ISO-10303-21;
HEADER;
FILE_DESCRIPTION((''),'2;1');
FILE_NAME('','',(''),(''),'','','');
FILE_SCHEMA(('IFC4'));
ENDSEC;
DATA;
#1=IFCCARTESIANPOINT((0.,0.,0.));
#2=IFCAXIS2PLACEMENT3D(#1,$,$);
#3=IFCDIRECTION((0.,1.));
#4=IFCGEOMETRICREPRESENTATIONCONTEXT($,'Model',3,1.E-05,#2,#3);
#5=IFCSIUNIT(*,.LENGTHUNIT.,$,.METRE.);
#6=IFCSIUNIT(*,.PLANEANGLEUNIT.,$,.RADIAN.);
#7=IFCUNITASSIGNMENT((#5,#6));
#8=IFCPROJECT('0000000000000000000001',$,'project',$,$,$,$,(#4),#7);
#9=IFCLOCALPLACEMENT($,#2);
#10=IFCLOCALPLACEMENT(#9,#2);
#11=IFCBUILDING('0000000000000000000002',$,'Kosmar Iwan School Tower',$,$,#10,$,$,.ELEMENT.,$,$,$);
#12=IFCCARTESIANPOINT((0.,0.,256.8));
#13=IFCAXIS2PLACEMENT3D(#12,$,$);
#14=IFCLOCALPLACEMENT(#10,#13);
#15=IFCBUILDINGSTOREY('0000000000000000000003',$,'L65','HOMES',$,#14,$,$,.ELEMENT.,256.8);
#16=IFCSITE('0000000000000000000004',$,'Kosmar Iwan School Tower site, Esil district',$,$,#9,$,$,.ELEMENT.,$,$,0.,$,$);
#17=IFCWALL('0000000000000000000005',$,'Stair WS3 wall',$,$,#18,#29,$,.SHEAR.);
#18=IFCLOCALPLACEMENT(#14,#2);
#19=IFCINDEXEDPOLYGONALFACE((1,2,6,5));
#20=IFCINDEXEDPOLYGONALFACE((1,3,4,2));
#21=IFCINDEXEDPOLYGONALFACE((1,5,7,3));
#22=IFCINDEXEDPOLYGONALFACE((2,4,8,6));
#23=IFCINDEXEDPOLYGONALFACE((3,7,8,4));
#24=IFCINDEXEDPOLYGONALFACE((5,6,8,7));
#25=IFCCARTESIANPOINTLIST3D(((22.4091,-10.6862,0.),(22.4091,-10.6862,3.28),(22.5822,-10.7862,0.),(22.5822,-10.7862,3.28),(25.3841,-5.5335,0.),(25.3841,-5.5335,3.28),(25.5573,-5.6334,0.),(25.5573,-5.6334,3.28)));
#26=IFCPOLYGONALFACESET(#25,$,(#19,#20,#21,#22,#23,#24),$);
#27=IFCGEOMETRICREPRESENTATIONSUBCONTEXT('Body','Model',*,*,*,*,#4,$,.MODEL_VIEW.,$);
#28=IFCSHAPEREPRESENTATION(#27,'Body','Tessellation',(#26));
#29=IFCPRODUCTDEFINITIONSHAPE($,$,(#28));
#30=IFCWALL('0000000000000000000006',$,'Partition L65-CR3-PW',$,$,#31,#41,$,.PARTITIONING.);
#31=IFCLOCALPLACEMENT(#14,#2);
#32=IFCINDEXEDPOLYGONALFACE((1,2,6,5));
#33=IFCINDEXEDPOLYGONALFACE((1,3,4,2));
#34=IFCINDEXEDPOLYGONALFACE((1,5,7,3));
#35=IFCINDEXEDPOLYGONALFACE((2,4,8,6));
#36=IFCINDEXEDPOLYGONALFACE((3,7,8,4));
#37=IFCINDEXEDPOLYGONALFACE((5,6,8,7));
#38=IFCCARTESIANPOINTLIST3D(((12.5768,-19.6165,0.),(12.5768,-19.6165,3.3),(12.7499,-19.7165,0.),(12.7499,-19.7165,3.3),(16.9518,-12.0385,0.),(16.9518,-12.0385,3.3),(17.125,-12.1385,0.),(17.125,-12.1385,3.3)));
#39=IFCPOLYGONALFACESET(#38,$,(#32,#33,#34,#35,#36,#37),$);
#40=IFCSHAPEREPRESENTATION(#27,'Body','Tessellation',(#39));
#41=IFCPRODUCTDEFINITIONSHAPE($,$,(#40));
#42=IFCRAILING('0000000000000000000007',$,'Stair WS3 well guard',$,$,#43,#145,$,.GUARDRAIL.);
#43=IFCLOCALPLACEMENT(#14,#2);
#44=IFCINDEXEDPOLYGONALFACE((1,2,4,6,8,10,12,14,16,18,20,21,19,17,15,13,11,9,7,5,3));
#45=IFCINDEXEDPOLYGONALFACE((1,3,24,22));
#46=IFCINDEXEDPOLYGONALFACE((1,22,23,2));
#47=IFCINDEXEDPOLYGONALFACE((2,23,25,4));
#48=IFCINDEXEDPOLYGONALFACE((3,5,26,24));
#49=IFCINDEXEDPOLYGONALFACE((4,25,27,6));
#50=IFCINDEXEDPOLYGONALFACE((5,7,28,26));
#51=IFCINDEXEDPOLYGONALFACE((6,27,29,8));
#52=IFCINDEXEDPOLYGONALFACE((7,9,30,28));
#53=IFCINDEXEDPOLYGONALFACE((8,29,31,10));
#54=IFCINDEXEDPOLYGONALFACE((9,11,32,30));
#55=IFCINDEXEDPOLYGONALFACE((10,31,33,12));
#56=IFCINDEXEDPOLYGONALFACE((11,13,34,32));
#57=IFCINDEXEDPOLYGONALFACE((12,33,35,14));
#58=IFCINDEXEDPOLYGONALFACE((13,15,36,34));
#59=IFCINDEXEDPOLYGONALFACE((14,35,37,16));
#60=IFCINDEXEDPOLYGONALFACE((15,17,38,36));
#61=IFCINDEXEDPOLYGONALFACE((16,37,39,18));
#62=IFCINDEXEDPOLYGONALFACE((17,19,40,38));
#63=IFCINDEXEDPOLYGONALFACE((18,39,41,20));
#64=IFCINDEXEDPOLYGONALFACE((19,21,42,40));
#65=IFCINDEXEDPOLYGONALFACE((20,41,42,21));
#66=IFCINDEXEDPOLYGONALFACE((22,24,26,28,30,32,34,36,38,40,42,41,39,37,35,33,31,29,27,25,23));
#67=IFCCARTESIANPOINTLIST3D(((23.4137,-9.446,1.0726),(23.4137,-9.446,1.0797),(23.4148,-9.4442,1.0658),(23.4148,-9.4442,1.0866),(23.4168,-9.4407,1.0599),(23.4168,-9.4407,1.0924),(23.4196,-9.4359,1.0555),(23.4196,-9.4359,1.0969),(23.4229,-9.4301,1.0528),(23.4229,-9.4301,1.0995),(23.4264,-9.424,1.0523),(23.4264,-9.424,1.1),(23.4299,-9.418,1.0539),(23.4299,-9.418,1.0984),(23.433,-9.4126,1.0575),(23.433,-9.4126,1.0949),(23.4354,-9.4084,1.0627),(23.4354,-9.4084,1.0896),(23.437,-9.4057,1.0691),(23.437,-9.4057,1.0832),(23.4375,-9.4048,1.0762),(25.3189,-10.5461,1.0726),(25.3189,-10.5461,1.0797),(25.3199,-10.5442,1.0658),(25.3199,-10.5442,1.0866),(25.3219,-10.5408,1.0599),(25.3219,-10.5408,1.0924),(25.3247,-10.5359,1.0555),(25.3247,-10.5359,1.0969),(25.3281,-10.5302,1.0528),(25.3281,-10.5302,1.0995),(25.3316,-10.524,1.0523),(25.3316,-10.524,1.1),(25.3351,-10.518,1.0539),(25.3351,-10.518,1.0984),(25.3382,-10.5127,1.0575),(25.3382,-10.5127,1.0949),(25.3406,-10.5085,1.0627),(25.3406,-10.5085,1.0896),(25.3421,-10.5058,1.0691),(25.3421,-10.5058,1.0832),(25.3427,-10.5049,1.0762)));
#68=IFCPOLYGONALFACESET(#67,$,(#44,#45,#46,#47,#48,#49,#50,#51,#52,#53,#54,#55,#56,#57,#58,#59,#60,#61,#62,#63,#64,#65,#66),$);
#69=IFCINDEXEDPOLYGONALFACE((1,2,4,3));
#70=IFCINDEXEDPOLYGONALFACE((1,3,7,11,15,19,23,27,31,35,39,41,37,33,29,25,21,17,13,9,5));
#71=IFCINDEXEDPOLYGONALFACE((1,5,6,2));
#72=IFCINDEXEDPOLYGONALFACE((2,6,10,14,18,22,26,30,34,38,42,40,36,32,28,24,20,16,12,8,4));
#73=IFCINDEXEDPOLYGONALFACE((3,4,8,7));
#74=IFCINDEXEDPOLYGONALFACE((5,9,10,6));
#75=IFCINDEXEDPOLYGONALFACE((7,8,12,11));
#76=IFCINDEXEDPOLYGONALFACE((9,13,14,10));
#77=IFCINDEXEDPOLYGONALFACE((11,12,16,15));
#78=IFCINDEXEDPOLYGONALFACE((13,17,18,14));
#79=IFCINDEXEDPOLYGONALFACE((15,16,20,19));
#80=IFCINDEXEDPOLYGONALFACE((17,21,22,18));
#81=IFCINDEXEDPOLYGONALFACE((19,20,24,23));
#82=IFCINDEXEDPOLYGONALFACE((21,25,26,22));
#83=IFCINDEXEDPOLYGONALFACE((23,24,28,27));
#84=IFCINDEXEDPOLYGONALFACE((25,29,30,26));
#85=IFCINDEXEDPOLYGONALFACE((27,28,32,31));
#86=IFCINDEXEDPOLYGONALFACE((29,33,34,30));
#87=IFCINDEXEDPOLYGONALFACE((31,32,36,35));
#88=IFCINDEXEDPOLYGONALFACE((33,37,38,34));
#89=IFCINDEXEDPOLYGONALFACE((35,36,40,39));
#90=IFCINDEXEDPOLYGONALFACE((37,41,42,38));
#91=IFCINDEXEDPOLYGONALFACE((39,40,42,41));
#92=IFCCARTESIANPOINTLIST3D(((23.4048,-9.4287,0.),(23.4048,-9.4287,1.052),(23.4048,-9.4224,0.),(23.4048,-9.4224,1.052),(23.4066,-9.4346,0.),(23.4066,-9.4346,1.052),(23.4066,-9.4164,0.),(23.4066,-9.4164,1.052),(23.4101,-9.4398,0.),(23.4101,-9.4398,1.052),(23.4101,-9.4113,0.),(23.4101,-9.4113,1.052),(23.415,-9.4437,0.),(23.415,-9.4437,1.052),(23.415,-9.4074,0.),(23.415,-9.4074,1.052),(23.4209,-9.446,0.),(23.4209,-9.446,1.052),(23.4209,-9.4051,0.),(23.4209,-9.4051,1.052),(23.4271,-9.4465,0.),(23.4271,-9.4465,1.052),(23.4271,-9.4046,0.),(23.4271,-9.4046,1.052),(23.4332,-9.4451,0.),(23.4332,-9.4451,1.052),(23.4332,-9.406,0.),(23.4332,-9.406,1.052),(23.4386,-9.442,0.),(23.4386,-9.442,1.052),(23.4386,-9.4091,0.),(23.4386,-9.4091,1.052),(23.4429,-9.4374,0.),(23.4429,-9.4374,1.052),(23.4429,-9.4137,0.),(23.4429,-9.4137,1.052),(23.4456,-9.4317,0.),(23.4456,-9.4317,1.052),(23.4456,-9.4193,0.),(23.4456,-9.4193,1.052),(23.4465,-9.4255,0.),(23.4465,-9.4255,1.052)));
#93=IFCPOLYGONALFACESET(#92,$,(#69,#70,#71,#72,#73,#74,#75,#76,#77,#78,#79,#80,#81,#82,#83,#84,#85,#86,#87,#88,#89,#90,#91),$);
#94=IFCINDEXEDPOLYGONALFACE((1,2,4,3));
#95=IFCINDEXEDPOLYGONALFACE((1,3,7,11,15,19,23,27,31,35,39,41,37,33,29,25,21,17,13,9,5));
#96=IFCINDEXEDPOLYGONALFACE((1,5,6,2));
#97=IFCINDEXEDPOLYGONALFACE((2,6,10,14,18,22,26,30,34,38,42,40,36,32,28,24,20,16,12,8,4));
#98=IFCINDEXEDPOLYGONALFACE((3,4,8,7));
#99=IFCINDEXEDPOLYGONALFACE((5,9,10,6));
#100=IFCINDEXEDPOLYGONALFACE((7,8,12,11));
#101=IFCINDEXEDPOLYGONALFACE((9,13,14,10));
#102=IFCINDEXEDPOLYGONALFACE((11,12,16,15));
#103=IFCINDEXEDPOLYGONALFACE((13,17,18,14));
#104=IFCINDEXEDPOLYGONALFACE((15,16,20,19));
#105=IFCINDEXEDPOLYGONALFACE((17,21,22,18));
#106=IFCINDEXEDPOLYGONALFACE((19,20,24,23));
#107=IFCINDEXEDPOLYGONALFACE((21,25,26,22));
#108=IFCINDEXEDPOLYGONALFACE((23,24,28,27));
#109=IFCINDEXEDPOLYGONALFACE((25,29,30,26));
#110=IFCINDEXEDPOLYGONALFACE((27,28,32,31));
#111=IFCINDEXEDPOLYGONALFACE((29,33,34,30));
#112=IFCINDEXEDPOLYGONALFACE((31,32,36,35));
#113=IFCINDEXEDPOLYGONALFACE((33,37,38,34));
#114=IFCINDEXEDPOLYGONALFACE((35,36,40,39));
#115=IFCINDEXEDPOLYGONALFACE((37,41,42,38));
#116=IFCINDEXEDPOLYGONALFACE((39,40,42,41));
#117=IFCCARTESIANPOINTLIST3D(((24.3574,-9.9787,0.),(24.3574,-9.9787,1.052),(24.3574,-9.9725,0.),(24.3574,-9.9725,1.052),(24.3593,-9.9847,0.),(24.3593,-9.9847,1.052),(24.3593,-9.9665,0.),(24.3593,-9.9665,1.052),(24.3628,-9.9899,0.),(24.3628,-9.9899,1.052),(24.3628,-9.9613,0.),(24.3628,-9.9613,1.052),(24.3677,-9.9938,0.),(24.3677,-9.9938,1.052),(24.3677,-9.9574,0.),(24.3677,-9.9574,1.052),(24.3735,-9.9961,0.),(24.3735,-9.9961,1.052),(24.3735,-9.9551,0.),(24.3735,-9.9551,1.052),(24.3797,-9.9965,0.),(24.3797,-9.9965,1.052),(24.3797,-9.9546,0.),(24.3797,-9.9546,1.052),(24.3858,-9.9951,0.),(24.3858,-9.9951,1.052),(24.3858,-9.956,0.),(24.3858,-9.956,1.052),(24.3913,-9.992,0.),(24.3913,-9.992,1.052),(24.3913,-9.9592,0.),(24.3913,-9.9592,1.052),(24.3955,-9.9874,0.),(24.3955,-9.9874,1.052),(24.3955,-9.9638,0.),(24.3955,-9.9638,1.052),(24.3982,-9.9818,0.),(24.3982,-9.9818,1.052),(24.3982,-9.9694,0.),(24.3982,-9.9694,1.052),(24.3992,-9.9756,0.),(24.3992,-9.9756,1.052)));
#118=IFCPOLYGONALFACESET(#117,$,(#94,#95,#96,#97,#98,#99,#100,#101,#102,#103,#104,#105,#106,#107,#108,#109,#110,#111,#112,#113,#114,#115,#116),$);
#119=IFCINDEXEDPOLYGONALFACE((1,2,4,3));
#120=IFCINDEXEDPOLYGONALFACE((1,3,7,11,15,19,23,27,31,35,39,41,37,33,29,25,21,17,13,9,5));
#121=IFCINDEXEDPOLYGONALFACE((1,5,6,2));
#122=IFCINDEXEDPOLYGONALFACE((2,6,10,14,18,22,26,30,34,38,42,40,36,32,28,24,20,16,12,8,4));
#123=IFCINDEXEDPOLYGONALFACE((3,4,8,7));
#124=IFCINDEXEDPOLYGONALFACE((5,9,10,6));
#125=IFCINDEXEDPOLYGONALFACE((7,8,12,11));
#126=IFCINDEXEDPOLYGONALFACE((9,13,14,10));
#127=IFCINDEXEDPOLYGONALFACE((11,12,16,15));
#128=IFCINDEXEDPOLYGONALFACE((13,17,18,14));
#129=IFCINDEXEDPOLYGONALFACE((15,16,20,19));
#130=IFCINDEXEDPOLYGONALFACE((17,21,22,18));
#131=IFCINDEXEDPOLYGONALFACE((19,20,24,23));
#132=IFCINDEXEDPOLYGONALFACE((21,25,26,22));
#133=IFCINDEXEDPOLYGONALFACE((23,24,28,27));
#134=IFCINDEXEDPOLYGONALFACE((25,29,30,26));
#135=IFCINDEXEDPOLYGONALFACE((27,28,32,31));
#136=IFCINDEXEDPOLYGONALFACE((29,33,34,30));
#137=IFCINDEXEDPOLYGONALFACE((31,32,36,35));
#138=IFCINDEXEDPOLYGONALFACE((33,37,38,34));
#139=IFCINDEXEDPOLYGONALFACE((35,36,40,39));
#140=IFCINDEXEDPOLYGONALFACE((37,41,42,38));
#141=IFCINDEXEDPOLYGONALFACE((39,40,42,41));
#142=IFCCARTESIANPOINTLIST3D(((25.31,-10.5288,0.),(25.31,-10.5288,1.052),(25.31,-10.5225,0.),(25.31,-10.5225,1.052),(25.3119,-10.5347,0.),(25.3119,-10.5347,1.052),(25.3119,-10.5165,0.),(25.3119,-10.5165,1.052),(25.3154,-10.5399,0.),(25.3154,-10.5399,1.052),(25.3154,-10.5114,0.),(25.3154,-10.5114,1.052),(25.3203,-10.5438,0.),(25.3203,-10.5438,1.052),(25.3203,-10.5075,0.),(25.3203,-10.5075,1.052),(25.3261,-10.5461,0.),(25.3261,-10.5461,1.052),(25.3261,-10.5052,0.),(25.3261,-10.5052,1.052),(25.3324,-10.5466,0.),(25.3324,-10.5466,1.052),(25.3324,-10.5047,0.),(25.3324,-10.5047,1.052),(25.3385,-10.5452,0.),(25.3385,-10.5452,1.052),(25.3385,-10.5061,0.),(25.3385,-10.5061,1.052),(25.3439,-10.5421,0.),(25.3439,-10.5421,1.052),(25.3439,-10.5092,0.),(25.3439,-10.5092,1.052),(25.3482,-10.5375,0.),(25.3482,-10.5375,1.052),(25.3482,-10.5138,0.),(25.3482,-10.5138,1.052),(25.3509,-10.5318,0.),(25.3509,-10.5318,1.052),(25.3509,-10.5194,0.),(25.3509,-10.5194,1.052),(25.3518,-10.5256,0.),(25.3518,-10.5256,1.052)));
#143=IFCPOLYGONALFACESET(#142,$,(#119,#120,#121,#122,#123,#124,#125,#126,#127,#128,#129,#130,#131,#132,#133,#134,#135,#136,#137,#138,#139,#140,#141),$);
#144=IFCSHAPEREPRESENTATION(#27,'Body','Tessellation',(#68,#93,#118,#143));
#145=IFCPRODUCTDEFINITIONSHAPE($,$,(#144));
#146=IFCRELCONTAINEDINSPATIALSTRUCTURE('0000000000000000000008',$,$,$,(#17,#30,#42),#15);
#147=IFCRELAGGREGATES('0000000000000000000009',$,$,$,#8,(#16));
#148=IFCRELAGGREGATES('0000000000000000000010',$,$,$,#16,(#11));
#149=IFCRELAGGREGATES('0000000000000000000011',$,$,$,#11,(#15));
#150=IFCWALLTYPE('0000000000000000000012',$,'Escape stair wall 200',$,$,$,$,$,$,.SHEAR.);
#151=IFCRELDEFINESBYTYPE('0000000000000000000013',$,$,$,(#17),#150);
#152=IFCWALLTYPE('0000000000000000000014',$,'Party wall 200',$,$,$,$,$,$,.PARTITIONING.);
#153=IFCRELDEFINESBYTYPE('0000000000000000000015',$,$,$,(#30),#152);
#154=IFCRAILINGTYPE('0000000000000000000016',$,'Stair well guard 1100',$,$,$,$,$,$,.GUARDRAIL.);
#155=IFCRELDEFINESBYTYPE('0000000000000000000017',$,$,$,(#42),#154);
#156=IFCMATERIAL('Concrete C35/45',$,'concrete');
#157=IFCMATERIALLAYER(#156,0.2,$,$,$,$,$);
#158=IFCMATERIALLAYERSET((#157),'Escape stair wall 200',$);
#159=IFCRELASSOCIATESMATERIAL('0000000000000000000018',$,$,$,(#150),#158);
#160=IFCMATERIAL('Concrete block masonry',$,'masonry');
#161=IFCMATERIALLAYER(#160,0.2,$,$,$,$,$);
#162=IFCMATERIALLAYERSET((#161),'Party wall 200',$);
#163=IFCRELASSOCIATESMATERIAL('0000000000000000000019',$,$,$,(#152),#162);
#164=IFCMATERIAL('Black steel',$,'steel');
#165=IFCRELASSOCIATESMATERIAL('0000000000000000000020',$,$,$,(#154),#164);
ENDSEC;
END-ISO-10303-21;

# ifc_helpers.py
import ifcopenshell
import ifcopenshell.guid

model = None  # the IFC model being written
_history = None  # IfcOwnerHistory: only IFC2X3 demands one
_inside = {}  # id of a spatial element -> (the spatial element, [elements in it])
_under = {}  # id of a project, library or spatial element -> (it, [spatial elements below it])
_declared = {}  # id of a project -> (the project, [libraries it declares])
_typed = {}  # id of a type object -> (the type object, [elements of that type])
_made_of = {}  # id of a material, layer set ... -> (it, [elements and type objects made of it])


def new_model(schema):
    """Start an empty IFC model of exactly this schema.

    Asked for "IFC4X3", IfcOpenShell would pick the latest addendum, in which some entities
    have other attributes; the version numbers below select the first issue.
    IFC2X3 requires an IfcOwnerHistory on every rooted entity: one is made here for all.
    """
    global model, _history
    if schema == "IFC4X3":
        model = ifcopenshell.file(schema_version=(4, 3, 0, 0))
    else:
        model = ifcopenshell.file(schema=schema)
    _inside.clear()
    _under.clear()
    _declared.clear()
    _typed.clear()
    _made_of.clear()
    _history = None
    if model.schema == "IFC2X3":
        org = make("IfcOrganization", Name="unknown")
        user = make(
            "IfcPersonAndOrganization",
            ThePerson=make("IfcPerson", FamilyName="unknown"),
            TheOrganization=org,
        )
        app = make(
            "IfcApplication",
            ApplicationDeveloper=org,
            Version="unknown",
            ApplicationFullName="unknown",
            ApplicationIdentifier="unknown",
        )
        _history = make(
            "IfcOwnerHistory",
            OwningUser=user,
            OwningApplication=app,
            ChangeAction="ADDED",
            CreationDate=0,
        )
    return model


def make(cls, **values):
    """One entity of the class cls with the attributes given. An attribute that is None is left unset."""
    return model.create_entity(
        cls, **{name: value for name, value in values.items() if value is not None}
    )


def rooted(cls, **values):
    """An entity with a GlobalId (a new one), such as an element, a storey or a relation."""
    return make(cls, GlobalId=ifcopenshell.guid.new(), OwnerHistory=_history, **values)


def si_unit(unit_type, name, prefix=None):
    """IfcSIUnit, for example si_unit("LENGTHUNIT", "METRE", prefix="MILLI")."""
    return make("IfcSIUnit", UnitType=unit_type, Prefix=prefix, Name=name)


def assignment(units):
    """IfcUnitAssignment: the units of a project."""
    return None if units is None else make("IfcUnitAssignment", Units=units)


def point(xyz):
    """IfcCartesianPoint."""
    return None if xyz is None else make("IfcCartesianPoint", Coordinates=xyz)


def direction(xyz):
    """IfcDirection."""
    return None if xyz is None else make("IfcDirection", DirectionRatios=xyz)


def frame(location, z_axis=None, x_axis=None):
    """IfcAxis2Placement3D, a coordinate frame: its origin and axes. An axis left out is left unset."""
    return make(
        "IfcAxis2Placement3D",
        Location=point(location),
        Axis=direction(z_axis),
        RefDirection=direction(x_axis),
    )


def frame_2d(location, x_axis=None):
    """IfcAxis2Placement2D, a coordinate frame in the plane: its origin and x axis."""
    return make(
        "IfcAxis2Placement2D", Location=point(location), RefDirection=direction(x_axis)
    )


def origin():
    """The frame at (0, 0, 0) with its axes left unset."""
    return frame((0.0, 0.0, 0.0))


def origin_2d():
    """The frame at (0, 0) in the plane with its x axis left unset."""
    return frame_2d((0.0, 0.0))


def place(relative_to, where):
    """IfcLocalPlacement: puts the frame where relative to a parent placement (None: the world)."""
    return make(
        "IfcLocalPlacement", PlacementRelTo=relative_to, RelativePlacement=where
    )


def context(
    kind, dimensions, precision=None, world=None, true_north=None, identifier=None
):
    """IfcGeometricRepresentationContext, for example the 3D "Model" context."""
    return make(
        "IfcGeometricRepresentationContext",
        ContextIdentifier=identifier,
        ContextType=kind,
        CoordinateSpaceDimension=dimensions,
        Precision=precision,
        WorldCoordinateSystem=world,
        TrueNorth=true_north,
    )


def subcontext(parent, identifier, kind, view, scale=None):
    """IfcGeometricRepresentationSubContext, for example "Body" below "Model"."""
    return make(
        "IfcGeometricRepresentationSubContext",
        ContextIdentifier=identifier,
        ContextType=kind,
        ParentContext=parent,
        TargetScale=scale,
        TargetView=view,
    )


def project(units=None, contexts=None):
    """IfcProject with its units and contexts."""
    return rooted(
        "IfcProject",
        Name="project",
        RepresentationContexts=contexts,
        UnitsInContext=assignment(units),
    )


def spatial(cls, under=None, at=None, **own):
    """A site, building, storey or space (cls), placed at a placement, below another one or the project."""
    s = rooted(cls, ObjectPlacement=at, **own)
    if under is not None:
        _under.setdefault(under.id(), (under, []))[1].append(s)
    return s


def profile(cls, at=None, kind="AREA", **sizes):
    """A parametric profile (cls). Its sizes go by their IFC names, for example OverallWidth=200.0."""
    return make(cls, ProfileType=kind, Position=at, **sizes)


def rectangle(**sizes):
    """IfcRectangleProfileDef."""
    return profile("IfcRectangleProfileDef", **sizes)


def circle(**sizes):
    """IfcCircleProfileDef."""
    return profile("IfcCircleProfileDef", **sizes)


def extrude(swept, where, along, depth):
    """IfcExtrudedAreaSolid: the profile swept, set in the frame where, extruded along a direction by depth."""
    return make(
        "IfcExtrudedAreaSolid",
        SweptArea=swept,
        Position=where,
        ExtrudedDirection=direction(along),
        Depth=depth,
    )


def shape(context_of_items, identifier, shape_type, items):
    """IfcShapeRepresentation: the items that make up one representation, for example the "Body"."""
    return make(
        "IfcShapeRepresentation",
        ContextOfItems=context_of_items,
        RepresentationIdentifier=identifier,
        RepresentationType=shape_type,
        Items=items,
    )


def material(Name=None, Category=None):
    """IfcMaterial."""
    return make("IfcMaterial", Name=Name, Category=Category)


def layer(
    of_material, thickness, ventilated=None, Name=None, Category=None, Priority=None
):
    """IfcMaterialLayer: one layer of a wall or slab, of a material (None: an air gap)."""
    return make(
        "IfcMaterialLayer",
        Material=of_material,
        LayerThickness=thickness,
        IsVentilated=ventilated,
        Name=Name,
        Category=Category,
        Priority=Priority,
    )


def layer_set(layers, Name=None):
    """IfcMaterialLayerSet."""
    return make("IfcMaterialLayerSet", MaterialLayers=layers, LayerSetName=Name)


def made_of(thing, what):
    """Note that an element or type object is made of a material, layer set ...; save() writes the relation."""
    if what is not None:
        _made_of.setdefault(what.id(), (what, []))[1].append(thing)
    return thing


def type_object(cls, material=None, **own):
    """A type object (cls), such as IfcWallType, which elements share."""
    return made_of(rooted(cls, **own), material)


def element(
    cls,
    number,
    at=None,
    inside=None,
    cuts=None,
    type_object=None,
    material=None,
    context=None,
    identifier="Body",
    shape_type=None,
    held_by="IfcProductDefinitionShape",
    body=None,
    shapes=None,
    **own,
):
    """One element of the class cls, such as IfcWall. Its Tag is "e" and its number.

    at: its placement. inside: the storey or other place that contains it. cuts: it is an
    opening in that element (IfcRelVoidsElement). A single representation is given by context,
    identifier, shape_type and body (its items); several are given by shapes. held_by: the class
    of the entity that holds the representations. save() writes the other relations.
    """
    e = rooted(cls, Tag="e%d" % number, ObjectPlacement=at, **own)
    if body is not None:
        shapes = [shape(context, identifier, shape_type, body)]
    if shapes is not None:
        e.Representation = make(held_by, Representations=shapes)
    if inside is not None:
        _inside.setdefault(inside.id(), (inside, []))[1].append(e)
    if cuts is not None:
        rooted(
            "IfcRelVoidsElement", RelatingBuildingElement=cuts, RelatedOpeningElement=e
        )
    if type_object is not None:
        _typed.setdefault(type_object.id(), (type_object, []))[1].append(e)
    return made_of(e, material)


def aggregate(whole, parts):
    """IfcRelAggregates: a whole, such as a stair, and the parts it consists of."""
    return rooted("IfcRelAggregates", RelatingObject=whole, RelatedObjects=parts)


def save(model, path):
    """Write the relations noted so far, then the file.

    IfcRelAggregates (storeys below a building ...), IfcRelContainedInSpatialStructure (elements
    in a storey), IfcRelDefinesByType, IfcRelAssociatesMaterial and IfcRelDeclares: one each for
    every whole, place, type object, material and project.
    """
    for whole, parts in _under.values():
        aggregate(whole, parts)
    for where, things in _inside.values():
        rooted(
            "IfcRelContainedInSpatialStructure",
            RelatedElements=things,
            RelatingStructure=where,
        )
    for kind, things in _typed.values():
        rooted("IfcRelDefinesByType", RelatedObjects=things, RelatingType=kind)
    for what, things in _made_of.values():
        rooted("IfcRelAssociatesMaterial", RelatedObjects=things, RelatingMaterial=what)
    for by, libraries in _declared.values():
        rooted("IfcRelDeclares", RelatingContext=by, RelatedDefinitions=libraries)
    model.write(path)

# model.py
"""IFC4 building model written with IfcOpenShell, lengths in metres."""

from ifc_helpers import new_model, si_unit, direction, frame, frame_2d, origin, origin_2d, place, context, subcontext, project, spatial, rectangle, circle, extrude, material, layer, layer_set, type_object, element, save


model = new_model("IFC4")

# Units and contexts
model_context = context("Model", 3, precision=1e-05, world=origin(), true_north=direction((0.0, 1.0)))
body_context = subcontext(model_context, "Body", "Model", "MODEL_VIEW")
ifc_project = project(units=[si_unit("LENGTHUNIT", "METRE"), si_unit("PLANEANGLEUNIT", "RADIAN")], contexts=[model_context])

# Site, building, storey
site_placement = place(None, origin())
site = spatial("IfcSite", under=ifc_project, at=site_placement, Name="Kosmar Iwan School Tower site, Esil district", CompositionType="ELEMENT", RefElevation=0.0)
building_placement = place(site_placement, origin())
building = spatial("IfcBuilding", under=site, at=building_placement, Name="Kosmar Iwan School Tower", CompositionType="ELEMENT")
storey_placement = place(building_placement, frame((0.0, 0.0, 256.8)))
storey = spatial("IfcBuildingStorey", under=building, at=storey_placement, Name="L65", Description="HOMES", CompositionType="ELEMENT", Elevation=256.8)

# Walls
ifc_material_1 = material(Name="Concrete C35/45", Category="concrete")
ifc_layer_1 = layer(ifc_material_1, 0.2)
ifc_layer_set_1 = layer_set([ifc_layer_1], Name="Escape stair wall 200")
wall_type_1 = type_object("IfcWallType", Name="Escape stair wall 200", PredefinedType="SHEAR", material=ifc_layer_set_1)
wall_1_placement = place(storey_placement, frame((22.4956, -10.7363, 0.0), z_axis=(0.0, 0.0, 1.0), x_axis=(0.500014, 0.866017, 0.0)))
element("IfcWall", 1, at=wall_1_placement, inside=storey, type_object=wall_type_1, Name="Stair WS3 wall", PredefinedType="SHEAR", context=body_context, shape_type="SweptSolid", body=[
    extrude(rectangle(XDim=5.95, YDim=0.2, at=frame_2d((2.9751, 0.0))), origin(), (0.0, 0.0, 1.0), 3.28),
])
ifc_material_2 = material(Name="Concrete block masonry", Category="masonry")
ifc_layer_2 = layer(ifc_material_2, 0.2)
ifc_layer_set_2 = layer_set([ifc_layer_2], Name="Party wall 200")
wall_type_2 = type_object("IfcWallType", Name="Party wall 200", PredefinedType="PARTITIONING", material=ifc_layer_set_2)
wall_2_placement = place(storey_placement, frame((17.0383, -12.0886, 0.0), z_axis=(0.0, 0.0, 1.0), x_axis=(-0.499992, -0.86603, 0.0)))
element("IfcWall", 2, at=wall_2_placement, inside=storey, type_object=wall_type_2, Name="Partition L65-CR3-PW", PredefinedType="PARTITIONING", context=body_context, shape_type="SweptSolid", body=[
    extrude(rectangle(XDim=8.7502, YDim=0.2, at=frame_2d((4.375, 0.0))), origin(), (0.0, 0.0, 1.0), 3.3),
])

# Railing
ifc_material_3 = material(Name="Black steel", Category="steel")
railing_type = type_object("IfcRailingType", Name="Stair well guard 1100", PredefinedType="GUARDRAIL", material=ifc_material_3)
railing_placement = place(storey_placement, frame((23.4255, -9.4255, 0.0)))
element("IfcRailing", 3, at=railing_placement, inside=storey, type_object=railing_type, Name="Stair WS3 well guard", PredefinedType="GUARDRAIL", context=body_context, shape_type="SweptSolid", body=[
    extrude(circle(Radius=0.0239, at=origin_2d()), frame((0.0, 0.0, 1.0762), z_axis=(0.866008, -0.50003, 0.0), x_axis=(0.50003, 0.866008, 0.0)), (0.0, 0.0, 1.0), 2.2),
    extrude(circle(Radius=0.021, at=origin_2d()), origin(), (0.0, 0.0, 1.0), 1.052),
    extrude(circle(Radius=0.021, at=origin_2d()), frame((0.9526, -0.55, 0.0)), (0.0, 0.0, 1.0), 1.052),
    extrude(circle(Radius=0.021, at=origin_2d()), frame((1.9053, -1.1001, 0.0)), (0.0, 0.0, 1.0), 1.052),
])

save(model, "model.ifc")
